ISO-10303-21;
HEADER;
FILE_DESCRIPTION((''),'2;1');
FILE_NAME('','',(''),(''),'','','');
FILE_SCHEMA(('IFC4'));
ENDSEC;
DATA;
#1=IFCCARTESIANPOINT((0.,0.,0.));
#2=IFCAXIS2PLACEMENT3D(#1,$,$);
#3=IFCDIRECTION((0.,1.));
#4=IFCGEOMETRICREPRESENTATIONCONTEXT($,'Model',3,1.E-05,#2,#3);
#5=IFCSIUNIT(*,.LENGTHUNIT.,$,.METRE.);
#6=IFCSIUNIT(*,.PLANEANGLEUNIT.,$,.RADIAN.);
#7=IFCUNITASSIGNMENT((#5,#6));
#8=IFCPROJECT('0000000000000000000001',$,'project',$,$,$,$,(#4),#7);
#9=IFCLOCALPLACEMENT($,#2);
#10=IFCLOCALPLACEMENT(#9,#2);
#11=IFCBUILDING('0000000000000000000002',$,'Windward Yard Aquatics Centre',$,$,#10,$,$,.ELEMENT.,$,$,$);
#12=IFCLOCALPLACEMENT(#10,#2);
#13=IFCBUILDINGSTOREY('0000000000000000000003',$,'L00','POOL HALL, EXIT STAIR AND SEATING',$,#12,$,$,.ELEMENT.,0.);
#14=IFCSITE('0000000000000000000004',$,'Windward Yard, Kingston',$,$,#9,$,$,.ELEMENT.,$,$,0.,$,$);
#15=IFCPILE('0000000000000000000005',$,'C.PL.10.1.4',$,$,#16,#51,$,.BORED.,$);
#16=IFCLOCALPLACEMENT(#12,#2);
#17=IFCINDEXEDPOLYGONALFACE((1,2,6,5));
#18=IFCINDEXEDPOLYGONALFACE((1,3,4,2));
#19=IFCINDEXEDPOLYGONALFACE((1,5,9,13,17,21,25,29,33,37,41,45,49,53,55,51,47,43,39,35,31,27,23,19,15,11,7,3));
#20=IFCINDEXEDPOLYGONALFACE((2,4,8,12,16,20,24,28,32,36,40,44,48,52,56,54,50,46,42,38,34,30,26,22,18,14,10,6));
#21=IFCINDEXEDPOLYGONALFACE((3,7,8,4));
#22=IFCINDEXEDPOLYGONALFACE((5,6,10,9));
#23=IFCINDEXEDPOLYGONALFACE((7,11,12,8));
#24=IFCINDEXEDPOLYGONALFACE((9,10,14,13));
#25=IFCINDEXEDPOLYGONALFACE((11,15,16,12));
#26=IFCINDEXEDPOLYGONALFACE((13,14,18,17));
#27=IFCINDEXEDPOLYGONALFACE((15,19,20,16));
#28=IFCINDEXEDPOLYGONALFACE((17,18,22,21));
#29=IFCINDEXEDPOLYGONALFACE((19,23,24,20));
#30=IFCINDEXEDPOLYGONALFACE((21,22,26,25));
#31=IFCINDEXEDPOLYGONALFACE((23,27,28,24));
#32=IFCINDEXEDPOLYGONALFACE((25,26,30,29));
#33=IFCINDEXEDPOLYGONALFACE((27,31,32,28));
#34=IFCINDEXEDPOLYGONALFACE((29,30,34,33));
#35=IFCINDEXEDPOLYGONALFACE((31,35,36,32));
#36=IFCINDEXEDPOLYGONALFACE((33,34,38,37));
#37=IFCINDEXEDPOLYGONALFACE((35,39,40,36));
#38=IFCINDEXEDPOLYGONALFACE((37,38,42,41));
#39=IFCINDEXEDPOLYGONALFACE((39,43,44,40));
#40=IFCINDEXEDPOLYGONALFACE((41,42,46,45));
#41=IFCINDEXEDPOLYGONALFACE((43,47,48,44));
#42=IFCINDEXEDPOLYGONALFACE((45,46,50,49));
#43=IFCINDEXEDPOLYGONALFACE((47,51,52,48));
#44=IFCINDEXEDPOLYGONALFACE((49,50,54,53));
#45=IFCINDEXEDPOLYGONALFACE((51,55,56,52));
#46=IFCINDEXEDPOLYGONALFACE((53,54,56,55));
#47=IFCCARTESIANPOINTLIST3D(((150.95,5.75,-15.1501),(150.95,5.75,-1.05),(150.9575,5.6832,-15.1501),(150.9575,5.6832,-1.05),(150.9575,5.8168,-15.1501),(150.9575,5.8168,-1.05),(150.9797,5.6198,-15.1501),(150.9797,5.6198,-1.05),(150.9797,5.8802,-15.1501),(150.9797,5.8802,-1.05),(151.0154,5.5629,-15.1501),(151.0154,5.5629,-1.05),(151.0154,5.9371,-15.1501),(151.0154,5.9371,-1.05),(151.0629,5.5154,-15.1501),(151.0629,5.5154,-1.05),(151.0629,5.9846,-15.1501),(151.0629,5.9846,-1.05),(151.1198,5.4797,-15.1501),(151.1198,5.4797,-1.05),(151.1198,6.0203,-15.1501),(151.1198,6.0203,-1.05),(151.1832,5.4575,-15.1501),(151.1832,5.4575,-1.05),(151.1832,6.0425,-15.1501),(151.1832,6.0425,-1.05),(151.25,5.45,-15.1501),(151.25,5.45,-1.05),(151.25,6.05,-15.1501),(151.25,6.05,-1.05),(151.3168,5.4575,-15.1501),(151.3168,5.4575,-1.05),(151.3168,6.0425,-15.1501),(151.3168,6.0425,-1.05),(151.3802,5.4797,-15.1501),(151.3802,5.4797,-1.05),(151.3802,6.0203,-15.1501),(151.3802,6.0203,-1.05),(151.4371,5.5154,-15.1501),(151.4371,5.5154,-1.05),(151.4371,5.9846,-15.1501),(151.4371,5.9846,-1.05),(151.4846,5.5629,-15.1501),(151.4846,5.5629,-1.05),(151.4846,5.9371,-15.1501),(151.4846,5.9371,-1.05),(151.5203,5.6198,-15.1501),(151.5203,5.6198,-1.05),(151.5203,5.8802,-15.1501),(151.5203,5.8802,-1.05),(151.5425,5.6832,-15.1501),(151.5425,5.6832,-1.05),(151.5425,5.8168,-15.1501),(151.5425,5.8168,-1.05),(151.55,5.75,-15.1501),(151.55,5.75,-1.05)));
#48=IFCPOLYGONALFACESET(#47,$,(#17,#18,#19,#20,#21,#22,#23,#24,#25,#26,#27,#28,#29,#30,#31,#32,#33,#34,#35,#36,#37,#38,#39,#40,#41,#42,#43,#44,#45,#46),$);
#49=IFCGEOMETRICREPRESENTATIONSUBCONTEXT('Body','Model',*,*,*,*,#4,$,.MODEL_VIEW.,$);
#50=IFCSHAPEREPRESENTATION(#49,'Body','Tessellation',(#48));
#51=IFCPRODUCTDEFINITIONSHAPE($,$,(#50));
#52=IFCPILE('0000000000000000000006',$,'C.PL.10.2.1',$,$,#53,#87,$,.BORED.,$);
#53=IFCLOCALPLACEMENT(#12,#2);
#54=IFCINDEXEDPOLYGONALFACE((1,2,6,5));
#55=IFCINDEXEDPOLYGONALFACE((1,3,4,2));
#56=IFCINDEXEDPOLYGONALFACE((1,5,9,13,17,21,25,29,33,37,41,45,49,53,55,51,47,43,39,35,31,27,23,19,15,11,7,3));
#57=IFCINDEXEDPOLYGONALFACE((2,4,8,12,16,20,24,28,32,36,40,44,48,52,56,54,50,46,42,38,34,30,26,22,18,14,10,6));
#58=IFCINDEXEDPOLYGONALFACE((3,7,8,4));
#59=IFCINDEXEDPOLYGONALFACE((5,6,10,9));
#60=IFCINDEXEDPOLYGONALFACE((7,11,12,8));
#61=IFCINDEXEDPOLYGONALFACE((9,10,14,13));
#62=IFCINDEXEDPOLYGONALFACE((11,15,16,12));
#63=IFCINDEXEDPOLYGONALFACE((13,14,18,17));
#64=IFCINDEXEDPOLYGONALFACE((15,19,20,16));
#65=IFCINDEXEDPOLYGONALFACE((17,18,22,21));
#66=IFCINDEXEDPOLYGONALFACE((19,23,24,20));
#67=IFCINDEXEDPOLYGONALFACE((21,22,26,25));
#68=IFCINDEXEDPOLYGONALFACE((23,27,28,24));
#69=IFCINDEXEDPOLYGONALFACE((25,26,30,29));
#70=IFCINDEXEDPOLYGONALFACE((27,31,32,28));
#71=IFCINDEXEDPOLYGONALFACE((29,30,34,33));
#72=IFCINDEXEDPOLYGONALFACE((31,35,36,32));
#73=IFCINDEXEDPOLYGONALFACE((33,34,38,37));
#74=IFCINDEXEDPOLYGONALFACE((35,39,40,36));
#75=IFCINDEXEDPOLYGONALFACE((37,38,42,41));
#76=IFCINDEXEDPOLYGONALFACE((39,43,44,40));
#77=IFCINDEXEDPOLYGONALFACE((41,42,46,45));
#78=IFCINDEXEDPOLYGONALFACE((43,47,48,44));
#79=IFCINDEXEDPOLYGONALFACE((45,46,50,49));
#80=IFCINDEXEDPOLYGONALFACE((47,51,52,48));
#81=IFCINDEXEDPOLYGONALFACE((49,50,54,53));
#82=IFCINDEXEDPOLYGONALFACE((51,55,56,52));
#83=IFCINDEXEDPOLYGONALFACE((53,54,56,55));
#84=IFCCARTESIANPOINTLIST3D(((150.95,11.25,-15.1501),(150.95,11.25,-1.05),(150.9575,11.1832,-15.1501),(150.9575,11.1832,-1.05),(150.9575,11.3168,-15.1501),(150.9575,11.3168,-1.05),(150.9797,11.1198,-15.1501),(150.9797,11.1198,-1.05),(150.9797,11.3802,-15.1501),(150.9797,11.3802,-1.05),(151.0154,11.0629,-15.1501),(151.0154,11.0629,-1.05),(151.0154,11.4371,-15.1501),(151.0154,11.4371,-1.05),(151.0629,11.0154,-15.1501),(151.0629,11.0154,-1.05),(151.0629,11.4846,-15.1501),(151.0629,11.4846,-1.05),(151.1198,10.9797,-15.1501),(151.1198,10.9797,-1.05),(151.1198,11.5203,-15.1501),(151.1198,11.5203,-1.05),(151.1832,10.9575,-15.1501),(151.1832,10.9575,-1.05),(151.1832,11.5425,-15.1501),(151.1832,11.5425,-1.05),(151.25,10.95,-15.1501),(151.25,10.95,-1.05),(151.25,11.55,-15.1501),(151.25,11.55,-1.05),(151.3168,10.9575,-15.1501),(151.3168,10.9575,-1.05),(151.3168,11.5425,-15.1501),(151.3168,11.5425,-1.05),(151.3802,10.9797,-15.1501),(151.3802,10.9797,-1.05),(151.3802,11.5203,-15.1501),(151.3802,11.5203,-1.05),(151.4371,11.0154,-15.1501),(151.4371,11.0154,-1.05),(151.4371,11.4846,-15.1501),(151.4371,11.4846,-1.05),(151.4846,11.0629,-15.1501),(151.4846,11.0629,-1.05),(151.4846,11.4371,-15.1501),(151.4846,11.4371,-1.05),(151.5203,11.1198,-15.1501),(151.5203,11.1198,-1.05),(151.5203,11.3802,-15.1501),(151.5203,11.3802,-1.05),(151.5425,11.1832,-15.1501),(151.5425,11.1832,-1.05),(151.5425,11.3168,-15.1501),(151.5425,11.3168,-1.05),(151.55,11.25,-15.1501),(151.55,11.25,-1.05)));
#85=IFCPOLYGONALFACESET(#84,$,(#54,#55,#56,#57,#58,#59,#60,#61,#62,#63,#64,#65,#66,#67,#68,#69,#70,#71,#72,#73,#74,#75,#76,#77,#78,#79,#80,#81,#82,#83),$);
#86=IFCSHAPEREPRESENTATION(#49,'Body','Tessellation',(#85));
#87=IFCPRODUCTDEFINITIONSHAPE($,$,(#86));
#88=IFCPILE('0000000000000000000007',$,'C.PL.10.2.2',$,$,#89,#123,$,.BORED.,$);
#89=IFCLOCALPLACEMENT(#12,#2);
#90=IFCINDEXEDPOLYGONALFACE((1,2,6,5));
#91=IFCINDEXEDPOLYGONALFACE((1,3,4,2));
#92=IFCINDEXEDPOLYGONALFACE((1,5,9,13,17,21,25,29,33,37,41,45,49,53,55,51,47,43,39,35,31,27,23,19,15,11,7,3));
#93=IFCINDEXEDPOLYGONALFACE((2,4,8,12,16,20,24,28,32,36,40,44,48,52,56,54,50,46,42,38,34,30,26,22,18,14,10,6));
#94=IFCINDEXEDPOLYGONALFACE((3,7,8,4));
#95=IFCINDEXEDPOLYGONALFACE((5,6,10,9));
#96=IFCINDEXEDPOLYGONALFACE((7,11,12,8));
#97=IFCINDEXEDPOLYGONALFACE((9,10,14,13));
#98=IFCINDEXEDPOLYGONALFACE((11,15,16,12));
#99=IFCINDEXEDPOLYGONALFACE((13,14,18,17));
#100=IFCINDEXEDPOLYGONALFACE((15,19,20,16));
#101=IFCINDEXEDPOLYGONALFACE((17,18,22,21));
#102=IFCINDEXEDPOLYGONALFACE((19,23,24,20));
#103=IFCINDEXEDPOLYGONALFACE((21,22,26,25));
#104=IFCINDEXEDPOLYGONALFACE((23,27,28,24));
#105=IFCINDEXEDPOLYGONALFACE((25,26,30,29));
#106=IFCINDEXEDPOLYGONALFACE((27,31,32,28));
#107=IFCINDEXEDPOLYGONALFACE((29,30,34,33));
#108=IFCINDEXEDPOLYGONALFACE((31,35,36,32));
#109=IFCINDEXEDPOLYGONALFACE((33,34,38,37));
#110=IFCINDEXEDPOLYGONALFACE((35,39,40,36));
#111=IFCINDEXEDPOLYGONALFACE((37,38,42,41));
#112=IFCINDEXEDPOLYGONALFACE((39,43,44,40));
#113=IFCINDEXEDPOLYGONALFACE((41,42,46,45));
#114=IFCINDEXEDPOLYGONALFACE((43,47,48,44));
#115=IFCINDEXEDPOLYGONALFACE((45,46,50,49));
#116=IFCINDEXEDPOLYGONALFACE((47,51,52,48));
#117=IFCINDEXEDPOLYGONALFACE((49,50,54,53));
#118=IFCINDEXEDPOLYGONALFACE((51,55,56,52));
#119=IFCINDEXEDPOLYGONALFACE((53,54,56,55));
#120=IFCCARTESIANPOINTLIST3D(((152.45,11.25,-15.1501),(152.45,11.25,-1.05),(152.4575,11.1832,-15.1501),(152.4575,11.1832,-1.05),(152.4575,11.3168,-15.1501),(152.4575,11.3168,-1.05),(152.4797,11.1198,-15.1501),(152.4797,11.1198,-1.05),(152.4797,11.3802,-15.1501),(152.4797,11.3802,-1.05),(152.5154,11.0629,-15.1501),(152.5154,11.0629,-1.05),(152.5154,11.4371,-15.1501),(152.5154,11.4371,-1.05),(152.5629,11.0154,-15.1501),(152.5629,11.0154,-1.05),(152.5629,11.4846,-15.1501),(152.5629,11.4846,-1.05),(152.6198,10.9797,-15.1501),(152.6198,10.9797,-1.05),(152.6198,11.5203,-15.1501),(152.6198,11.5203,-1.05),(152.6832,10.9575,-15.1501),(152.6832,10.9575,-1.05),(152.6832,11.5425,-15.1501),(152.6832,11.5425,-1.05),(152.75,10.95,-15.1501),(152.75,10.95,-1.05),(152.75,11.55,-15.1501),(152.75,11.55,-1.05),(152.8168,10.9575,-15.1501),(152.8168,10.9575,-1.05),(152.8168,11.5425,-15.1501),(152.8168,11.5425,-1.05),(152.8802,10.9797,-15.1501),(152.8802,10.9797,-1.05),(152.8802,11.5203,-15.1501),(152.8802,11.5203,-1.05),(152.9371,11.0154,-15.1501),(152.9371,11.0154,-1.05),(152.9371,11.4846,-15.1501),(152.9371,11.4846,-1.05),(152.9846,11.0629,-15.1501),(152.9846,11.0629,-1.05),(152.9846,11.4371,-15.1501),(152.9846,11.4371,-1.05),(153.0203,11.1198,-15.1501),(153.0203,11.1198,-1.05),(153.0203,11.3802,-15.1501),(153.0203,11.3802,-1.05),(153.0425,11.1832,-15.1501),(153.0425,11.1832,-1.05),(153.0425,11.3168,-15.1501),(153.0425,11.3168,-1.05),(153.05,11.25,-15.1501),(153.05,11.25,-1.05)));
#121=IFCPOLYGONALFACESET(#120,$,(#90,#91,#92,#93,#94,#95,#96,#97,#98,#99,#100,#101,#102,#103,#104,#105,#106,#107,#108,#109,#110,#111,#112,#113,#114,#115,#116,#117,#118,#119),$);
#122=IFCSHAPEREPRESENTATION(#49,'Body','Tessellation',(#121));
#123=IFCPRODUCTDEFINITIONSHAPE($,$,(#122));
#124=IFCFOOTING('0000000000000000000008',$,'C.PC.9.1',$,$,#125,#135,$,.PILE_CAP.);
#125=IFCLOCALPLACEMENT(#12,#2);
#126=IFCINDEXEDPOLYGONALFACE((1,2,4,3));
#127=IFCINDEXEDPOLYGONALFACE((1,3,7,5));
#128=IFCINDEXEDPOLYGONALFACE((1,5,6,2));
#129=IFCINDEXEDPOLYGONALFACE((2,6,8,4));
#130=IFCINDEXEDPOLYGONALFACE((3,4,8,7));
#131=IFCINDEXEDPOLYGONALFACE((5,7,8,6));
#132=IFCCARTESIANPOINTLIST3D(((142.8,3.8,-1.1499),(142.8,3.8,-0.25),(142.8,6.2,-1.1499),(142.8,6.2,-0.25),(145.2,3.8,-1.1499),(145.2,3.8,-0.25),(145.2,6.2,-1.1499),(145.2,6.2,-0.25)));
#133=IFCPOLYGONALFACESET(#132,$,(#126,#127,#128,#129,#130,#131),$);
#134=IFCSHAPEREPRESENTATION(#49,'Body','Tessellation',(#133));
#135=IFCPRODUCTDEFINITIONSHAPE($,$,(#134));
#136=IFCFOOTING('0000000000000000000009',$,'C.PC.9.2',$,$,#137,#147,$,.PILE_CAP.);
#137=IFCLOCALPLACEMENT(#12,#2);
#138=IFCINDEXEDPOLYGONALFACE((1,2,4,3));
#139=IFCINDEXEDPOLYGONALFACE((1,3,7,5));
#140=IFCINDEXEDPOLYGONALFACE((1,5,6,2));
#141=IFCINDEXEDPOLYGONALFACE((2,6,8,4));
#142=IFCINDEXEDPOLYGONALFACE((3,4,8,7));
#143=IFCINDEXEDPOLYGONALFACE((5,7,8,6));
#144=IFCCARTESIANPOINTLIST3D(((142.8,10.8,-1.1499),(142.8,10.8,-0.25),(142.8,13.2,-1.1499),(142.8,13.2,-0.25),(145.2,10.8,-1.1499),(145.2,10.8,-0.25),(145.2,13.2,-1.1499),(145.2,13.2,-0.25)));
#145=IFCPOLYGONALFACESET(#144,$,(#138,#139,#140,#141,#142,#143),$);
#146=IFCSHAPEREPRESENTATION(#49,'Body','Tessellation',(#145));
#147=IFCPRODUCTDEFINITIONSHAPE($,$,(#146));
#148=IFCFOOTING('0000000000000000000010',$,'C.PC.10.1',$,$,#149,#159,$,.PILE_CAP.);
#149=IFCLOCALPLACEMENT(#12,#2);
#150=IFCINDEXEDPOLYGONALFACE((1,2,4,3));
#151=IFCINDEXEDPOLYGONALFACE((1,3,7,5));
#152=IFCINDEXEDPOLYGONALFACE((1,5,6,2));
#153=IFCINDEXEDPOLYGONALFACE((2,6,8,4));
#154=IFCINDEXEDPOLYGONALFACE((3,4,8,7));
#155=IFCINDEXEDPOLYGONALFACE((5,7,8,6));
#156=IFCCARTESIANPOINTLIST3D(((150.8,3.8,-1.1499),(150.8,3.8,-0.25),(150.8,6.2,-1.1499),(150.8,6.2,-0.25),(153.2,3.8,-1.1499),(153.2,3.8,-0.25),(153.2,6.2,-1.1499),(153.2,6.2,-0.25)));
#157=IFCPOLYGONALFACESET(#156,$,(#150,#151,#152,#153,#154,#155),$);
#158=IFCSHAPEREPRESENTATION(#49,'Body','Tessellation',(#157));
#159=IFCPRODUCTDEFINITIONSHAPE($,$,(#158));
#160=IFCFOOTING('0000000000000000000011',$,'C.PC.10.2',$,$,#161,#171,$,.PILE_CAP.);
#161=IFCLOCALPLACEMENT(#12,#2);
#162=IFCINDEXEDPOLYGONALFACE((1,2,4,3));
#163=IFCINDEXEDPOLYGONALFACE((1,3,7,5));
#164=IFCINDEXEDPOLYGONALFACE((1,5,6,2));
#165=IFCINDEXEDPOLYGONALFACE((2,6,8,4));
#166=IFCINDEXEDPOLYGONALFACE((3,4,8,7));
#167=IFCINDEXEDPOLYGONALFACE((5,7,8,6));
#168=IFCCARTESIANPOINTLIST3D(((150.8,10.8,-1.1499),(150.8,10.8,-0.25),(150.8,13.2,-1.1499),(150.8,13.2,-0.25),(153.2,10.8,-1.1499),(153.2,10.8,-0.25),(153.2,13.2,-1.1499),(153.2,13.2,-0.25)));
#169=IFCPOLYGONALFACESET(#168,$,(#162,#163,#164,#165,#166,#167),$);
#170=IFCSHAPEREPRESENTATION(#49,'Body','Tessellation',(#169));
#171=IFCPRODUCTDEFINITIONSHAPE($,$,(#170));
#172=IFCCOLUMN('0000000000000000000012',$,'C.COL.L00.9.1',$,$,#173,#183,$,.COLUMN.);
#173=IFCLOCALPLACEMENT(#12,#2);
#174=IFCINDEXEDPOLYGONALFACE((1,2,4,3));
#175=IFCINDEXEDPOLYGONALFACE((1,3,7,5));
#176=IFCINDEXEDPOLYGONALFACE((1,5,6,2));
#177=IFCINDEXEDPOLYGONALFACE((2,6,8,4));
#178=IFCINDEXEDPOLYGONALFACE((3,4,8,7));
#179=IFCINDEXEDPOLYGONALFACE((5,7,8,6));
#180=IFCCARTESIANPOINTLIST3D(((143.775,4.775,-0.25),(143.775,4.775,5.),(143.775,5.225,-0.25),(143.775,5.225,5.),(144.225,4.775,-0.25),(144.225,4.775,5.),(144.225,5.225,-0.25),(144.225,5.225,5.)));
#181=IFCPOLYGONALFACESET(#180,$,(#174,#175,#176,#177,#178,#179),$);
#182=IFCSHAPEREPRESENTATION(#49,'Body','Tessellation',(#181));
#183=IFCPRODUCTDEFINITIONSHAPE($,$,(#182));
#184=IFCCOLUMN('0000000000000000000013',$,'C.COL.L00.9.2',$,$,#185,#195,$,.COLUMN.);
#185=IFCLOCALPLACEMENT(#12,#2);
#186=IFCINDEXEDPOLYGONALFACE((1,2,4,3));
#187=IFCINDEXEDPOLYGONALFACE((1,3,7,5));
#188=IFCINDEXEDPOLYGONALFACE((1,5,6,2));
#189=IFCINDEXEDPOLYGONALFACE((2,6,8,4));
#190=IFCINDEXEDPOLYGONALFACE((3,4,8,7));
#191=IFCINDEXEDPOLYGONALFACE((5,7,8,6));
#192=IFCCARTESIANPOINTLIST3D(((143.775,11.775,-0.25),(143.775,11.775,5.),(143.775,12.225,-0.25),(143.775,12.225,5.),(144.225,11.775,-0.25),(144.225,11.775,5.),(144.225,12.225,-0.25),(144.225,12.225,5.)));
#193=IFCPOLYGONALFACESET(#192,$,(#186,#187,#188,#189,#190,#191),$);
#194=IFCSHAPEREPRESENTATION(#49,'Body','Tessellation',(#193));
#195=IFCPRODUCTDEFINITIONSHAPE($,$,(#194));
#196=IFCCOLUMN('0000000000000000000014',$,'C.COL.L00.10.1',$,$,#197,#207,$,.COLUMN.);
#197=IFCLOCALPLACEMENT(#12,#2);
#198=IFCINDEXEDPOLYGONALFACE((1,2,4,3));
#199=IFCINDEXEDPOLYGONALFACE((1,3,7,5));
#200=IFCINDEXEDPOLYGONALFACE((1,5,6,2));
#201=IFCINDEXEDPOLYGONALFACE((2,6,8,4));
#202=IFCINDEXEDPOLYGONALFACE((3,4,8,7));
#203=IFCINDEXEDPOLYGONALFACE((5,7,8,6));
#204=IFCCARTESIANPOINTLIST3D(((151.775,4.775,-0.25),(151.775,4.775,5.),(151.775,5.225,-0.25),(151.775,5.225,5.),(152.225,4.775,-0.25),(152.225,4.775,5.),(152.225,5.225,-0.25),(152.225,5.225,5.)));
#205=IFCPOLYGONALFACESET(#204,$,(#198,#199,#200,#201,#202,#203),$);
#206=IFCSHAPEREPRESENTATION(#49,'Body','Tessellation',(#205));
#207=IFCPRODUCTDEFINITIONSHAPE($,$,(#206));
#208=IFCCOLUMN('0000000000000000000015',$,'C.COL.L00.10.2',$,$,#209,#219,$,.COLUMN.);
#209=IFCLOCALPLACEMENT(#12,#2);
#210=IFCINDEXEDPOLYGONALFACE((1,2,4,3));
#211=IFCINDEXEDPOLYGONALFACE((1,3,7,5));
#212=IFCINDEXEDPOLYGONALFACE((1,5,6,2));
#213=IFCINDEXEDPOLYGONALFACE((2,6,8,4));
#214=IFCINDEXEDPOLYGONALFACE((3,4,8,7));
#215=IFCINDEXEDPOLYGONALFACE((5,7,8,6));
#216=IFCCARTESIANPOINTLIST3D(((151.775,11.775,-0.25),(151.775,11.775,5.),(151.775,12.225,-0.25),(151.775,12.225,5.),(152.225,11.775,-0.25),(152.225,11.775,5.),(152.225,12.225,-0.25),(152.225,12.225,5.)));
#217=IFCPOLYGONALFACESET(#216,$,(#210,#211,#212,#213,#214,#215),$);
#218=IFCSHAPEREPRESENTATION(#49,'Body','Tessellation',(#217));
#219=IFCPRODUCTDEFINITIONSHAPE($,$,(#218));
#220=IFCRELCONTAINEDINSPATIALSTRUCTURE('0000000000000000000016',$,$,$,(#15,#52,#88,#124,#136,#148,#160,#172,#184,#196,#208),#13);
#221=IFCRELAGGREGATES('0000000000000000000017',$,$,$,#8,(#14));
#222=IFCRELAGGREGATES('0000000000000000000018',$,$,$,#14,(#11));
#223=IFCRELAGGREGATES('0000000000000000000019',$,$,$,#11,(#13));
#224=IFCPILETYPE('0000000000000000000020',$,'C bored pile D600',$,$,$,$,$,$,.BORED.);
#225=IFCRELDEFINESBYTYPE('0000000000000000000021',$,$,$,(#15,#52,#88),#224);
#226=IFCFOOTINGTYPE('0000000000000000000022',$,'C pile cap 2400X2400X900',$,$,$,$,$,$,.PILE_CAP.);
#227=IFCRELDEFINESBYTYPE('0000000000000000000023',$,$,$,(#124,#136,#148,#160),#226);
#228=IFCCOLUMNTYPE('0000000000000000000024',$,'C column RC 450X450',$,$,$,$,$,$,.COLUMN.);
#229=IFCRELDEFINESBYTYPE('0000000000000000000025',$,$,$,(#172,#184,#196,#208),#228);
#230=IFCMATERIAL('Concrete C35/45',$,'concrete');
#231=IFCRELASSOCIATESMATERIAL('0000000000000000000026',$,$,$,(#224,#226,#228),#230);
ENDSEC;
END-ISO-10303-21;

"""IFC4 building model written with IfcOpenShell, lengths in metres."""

from ifc_helpers import new_model, si_unit, direction, frame, origin, origin_2d, place, context, subcontext, project, spatial, rectangle, circle, extrude, material, material_profile, profile_set, type_object, element, save


model = new_model("IFC4")

# Units and contexts
model_context = context("Model", 3, precision=1e-05, world=origin(), true_north=direction((0.0, 1.0)))
body_context = subcontext(model_context, "Body", "Model", "MODEL_VIEW")
ifc_project = project(units=[si_unit("LENGTHUNIT", "METRE"), si_unit("PLANEANGLEUNIT", "RADIAN")], contexts=[model_context])

# Site, building, storey
site_placement = place(None, origin())
site = spatial("IfcSite", under=ifc_project, at=site_placement, Name="Windward Yard, Kingston", CompositionType="ELEMENT", RefElevation=0.0)
building_placement = place(site_placement, origin())
building = spatial("IfcBuilding", under=site, at=building_placement, Name="Windward Yard Aquatics Centre", CompositionType="ELEMENT")
storey_placement = place(building_placement, origin())
storey = spatial("IfcBuildingStorey", under=building, at=storey_placement, Name="L00", Description="POOL HALL, EXIT STAIR AND SEATING", CompositionType="ELEMENT", Elevation=0.0)

# Piles
ifc_material_1 = material(Name="Concrete C35/45", Category="concrete")
ifc_material_profile_1 = material_profile(ifc_material_1, circle(Radius=0.3, at=origin_2d()), Name="RC D600")
ifc_profile_set_1 = profile_set([ifc_material_profile_1], Name="Concrete C35/45")
pile_type = type_object("IfcPileType", Name="C bored pile D600", PredefinedType="BORED", material=ifc_profile_set_1)
for number, where, z_axis, x_axis, name in (
    (1, (151.25, 5.75, -1.05), (0.0, 0.0, -1.0), (1.0, 0.0, 0.0), "C.PL.10.1.4"),
    (2, (151.25, 11.25, -1.05), (0.0, 0.0, -1.0), (1.0, 0.0, 0.0), "C.PL.10.2.1"),
    (3, (152.75, 11.25, -1.05), (0.0, 0.0, -1.0), (1.0, 0.0, 0.0), "C.PL.10.2.2"),
):
    element("IfcPile", number, at=place(storey_placement, frame(where, z_axis=z_axis, x_axis=x_axis)), inside=storey, type_object=pile_type, Name=name, PredefinedType="BORED", context=body_context, shape_type="SweptSolid", body=[
        extrude(circle(Radius=0.3, at=origin_2d()), origin(), (0.0, 0.0, 1.0), 14.1001),
    ])

# Footings
footing_type = type_object("IfcFootingType", Name="C pile cap 2400X2400X900", PredefinedType="PILE_CAP", material=ifc_material_1)
for number, where, z_axis, x_axis, name in (
    (4, (144.0, 5.0, -1.1499), (0.0, 0.0, 1.0), (1.0, 0.0, 0.0), "C.PC.9.1"),
    (5, (144.0, 12.0, -1.1499), (0.0, 0.0, 1.0), (1.0, 0.0, 0.0), "C.PC.9.2"),
    (6, (152.0, 5.0, -1.1499), (0.0, 0.0, 1.0), (1.0, 0.0, 0.0), "C.PC.10.1"),
    (7, (152.0, 12.0, -1.1499), (0.0, 0.0, 1.0), (1.0, 0.0, 0.0), "C.PC.10.2"),
):
    element("IfcFooting", number, at=place(storey_placement, frame(where, z_axis=z_axis, x_axis=x_axis)), inside=storey, type_object=footing_type, Name=name, PredefinedType="PILE_CAP", context=body_context, shape_type="SweptSolid", body=[
        extrude(rectangle(XDim=2.3999, YDim=2.3999, at=origin_2d()), origin(), (0.0, 0.0, 1.0), 0.8999),
    ])

# Columns
ifc_material_profile_2 = material_profile(ifc_material_1, rectangle(XDim=0.45, YDim=0.45, at=origin_2d()), Name="RC 450X450")
ifc_profile_set_2 = profile_set([ifc_material_profile_2], Name="Concrete C35/45")
column_type = type_object("IfcColumnType", Name="C column RC 450X450", PredefinedType="COLUMN", material=ifc_profile_set_2)
for number, where, z_axis, x_axis, name in (
    (8, (144.0, 5.0, -0.25), (0.0, 0.0, 1.0), (1.0, 0.0, 0.0), "C.COL.L00.9.1"),
    (9, (144.0, 12.0, -0.25), (0.0, 0.0, 1.0), (1.0, 0.0, 0.0), "C.COL.L00.9.2"),
    (10, (152.0, 5.0, -0.25), (0.0, 0.0, 1.0), (1.0, 0.0, 0.0), "C.COL.L00.10.1"),
    (11, (152.0, 12.0, -0.25), (0.0, 0.0, 1.0), (1.0, 0.0, 0.0), "C.COL.L00.10.2"),
):
    element("IfcColumn", number, at=place(storey_placement, frame(where, z_axis=z_axis, x_axis=x_axis)), inside=storey, type_object=column_type, Name=name, PredefinedType="COLUMN", context=body_context, shape_type="SweptSolid", body=[
        extrude(rectangle(XDim=0.45, YDim=0.45, at=origin_2d()), origin(), (0.0, 0.0, 1.0), 5.25),
    ])

save(model, "model.ifc")
